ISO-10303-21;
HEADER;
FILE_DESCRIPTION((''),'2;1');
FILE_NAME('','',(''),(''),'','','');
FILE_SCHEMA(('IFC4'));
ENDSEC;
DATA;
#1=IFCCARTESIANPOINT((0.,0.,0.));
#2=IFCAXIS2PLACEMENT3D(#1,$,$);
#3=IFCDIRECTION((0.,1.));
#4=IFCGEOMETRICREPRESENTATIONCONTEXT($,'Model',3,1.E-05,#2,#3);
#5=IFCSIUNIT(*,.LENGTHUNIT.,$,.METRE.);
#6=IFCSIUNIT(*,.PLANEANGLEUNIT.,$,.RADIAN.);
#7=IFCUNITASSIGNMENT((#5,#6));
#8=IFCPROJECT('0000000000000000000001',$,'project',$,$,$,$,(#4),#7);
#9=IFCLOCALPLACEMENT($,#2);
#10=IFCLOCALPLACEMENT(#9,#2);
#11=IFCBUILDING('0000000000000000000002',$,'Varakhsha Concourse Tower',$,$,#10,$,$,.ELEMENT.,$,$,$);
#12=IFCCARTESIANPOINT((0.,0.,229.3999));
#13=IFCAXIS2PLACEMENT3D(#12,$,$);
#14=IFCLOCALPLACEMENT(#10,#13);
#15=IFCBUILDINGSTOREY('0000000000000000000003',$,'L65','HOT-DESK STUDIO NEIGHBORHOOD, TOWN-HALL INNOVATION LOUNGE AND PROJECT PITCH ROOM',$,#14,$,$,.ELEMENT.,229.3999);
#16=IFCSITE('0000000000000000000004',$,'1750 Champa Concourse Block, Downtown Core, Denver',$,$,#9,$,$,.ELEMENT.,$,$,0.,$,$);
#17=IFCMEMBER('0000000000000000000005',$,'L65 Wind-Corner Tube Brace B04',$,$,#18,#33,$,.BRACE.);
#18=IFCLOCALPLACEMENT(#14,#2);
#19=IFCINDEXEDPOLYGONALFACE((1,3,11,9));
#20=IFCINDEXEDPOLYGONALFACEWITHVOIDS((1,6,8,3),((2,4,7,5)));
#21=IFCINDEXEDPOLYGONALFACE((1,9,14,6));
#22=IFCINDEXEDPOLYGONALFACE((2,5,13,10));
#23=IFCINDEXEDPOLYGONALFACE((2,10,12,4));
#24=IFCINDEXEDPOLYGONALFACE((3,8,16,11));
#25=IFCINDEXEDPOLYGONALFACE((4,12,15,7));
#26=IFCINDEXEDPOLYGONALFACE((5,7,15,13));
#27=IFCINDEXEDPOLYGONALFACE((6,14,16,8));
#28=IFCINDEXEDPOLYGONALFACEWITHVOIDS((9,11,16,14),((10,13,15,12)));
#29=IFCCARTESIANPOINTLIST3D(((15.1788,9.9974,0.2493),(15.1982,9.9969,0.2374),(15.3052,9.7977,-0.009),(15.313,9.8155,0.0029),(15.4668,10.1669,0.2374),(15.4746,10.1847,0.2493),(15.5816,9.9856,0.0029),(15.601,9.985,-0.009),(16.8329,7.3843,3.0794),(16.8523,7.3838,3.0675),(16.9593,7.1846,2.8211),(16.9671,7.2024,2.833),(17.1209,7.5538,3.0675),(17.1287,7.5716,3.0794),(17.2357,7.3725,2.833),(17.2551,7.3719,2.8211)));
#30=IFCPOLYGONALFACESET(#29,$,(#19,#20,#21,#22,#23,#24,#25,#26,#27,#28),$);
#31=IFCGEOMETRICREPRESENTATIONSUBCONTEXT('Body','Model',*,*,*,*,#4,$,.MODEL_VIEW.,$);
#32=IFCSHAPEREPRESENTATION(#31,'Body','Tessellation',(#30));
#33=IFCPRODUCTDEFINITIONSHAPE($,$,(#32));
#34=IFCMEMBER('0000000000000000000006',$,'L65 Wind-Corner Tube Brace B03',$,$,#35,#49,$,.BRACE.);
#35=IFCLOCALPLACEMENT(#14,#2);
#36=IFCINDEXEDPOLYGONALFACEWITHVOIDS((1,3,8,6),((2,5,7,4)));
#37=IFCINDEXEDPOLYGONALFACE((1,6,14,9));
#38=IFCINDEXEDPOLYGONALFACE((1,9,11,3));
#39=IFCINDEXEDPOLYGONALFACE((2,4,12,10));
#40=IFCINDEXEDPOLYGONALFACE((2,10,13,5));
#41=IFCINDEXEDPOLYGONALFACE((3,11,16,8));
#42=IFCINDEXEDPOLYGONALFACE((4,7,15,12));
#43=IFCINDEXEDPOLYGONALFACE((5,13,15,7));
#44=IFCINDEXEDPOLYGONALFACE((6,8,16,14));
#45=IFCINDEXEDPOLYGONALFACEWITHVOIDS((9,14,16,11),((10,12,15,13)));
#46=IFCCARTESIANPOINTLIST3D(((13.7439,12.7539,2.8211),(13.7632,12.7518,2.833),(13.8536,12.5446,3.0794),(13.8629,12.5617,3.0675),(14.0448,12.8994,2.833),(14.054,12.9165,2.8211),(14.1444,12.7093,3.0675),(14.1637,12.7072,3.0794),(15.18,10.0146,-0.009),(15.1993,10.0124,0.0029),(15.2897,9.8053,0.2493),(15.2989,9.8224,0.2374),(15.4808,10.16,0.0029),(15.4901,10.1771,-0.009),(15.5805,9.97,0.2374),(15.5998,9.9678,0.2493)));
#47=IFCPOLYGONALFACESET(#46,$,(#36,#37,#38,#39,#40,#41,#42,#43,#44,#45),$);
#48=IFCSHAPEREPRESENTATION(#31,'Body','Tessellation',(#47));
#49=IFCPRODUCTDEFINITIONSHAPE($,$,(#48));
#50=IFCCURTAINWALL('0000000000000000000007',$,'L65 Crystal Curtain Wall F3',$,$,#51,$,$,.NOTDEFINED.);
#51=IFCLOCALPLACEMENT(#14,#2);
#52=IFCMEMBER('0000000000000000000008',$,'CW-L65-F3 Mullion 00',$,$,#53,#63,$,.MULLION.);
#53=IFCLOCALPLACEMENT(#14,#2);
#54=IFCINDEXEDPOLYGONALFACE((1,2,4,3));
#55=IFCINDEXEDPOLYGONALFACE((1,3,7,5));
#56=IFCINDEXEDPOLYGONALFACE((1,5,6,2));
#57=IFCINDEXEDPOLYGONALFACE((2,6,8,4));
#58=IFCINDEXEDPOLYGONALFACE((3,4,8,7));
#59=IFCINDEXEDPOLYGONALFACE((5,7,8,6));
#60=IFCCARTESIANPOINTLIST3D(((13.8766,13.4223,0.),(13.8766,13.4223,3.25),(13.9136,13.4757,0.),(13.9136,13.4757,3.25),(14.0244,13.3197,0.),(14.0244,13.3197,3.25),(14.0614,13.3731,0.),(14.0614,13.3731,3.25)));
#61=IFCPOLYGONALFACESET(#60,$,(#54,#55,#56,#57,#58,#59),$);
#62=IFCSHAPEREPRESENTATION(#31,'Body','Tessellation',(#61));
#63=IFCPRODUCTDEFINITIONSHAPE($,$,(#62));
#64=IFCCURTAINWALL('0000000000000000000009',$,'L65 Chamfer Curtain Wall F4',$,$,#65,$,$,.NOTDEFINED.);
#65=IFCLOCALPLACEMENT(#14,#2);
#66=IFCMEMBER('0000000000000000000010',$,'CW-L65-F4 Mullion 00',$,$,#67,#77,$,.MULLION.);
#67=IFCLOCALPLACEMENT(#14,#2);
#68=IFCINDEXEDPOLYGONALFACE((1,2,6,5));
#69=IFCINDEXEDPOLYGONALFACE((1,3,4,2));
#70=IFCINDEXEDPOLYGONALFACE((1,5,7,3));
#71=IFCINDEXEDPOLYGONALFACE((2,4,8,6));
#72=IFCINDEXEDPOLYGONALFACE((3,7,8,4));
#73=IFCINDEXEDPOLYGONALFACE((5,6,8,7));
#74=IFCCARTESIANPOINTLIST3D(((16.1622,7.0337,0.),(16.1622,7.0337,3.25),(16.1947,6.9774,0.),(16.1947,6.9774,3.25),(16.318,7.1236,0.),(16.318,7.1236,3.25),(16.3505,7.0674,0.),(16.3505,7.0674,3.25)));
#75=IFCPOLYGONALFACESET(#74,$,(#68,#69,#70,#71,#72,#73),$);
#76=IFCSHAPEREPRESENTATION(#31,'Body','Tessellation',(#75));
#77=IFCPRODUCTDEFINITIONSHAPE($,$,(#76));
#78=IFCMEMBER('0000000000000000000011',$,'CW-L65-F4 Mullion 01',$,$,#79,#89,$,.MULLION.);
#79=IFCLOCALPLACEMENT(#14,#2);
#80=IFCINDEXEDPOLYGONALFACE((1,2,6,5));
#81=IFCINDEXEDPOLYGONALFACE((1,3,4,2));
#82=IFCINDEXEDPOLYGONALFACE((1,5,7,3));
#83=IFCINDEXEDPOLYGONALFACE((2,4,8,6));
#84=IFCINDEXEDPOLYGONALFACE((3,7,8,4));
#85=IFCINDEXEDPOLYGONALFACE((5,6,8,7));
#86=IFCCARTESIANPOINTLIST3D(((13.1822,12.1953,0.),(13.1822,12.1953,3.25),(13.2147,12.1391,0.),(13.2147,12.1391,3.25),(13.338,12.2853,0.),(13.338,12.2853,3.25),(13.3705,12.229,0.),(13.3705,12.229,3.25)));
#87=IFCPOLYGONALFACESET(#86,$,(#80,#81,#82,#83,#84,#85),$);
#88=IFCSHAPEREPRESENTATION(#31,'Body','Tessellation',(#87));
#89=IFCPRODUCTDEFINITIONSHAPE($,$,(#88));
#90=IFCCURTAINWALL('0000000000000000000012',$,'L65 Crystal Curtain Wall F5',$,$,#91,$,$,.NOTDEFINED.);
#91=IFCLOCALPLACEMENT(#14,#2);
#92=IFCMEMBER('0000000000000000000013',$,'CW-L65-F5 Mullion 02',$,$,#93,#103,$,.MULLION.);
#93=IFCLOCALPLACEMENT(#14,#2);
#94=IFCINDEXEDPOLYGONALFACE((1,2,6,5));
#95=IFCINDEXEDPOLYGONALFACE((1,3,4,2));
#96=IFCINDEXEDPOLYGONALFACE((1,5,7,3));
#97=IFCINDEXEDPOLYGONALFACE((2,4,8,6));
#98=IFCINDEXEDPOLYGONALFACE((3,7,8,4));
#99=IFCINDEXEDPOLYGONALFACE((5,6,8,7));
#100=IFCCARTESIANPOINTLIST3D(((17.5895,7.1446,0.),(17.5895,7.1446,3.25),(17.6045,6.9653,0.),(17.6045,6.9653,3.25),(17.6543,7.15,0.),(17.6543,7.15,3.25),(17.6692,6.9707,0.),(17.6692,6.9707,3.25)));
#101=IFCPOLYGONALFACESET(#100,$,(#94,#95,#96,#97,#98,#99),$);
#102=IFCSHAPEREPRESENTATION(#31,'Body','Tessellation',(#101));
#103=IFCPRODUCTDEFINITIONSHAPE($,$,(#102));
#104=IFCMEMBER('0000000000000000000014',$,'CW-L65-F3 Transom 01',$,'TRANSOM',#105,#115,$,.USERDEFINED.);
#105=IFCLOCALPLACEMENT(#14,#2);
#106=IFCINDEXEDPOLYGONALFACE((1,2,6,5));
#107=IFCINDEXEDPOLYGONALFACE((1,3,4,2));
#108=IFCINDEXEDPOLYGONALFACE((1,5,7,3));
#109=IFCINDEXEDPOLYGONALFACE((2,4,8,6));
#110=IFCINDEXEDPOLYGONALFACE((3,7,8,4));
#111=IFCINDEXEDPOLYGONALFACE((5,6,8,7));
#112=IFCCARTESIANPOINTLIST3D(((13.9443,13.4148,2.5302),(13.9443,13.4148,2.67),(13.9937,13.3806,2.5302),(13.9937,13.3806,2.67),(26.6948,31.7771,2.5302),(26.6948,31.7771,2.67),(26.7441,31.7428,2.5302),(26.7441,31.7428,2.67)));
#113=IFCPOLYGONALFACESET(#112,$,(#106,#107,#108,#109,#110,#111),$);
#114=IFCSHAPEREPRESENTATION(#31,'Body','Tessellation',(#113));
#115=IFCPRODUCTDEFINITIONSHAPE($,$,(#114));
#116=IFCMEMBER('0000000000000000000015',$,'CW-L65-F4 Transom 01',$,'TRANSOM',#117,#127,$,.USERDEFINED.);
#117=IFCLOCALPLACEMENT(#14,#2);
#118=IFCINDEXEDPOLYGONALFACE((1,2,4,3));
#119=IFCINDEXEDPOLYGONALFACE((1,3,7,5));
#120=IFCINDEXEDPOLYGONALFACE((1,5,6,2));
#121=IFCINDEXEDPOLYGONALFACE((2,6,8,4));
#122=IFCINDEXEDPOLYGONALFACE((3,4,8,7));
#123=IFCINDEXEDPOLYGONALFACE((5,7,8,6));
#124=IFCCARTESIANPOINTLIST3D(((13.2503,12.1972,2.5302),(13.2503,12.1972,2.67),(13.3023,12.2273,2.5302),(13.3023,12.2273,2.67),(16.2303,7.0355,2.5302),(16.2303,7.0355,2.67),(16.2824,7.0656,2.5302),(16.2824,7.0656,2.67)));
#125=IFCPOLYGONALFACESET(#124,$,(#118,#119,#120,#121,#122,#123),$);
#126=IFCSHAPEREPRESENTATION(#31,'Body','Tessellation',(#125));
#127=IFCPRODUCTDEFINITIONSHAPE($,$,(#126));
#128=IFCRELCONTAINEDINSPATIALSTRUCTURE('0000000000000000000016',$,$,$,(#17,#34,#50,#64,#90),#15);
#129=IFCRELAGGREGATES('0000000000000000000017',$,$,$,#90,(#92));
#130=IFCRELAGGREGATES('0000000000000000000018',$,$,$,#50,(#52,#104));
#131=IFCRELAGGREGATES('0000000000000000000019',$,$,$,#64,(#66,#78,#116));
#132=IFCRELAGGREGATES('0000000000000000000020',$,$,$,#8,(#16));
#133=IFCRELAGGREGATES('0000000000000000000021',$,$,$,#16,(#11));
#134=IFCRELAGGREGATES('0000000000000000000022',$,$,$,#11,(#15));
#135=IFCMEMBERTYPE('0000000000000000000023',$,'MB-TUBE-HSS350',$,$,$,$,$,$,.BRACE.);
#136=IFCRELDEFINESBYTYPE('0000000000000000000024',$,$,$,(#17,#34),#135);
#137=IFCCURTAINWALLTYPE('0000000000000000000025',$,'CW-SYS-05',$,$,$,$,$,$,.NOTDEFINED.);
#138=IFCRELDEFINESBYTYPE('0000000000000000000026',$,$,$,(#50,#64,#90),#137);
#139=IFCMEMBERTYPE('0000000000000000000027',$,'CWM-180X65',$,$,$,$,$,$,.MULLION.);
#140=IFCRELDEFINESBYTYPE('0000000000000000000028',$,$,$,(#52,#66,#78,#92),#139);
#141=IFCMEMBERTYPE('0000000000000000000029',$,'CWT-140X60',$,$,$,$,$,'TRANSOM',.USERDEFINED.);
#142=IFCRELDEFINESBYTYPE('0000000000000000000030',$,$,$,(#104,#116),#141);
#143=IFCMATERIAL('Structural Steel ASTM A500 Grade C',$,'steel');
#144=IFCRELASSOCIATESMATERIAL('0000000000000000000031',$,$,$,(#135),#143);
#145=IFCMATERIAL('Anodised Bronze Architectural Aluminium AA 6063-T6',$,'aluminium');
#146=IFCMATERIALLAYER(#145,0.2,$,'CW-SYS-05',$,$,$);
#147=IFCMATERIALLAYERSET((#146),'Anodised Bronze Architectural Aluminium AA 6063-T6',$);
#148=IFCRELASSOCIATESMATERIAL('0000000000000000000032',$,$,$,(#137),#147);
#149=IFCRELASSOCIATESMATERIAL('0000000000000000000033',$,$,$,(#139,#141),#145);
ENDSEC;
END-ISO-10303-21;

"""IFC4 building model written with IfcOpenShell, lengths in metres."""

from ifc_helpers import new_model, si_unit, direction, frame, origin, origin_2d, place, context, subcontext, project, spatial, rectangle, hollow_rectangle, extrude, source, transform, mapped, material, layer, layer_set, material_profile, profile_set, type_object, type_shapes, element, aggregate, save


model = new_model("IFC4")

# Units and contexts
model_context = context("Model", 3, precision=1e-05, world=origin(), true_north=direction((0.0, 1.0)))
body_context = subcontext(model_context, "Body", "Model", "MODEL_VIEW")
ifc_project = project(units=[si_unit("LENGTHUNIT", "METRE"), si_unit("PLANEANGLEUNIT", "RADIAN")], contexts=[model_context])

# Site, building, storey
site_placement = place(None, origin())
site = spatial("IfcSite", under=ifc_project, at=site_placement, Name="1750 Champa Concourse Block, Downtown Core, Denver", CompositionType="ELEMENT", RefElevation=0.0)
building_placement = place(site_placement, origin())
building = spatial("IfcBuilding", under=site, at=building_placement, Name="Varakhsha Concourse Tower", CompositionType="ELEMENT")
storey_placement = place(building_placement, frame((0.0, 0.0, 229.3999)))
storey = spatial("IfcBuildingStorey", under=building, at=storey_placement, Name="L65", Description="HOT-DESK STUDIO NEIGHBORHOOD, TOWN-HALL INNOVATION LOUNGE AND PROJECT PITCH ROOM", CompositionType="ELEMENT", Elevation=229.3999)

# Members
ifc_material_1 = material(Name="Structural Steel ASTM A500 Grade C", Category="steel")
ifc_material_profile_1 = material_profile(ifc_material_1, hollow_rectangle(XDim=0.3501, YDim=0.3501, WallThickness=0.0161, at=origin_2d()), Name="HSS 350x350x16")
ifc_profile_set_1 = profile_set([ifc_material_profile_1], Name="Structural Steel ASTM A500 Grade C")
member_type_1 = type_object("IfcMemberType", Name="MB-TUBE-HSS350", PredefinedType="BRACE", material=ifc_profile_set_1)
shared_shape_1 = source(origin(), body_context, "Body", "SweptSolid", [
    extrude(hollow_rectangle(XDim=0.3501, YDim=0.3501, WallThickness=0.0161, at=origin_2d()), origin(), (0.0, 0.0, 1.0), 4.1921),
])
member_1_placement = place(storey_placement, frame((15.3899, 9.9912, 0.1201), z_axis=(0.39457, -0.623333, 0.675108), x_axis=(0.844946, 0.534851, 0.0)))
element("IfcMember", 1, at=member_1_placement, inside=storey, type_object=member_type_1, Name="L65 Wind-Corner Tube Brace B04", PredefinedType="BRACE", context=body_context, shape_type="MappedRepresentation", body=[
    mapped(shared_shape_1, transform((0.0, 0.0, 0.0), scale=1.0)),
])
shared_shape_2 = source(origin(), body_context, "Body", "SweptSolid", [
    extrude(hollow_rectangle(XDim=0.3501, YDim=0.3501, WallThickness=0.0161, at=origin_2d()), origin(), (0.0, 0.0, 1.0), 4.1924),
])
type_shapes(member_type_1, [shared_shape_1, shared_shape_2])
member_2_placement = place(storey_placement, frame((15.3899, 9.9912, 0.1201), z_axis=(-0.342544, 0.653408, 0.675072), x_axis=(-0.885674, -0.464308, 0.0)))
element("IfcMember", 2, at=member_2_placement, inside=storey, type_object=member_type_1, Name="L65 Wind-Corner Tube Brace B03", PredefinedType="BRACE", context=body_context, shape_type="MappedRepresentation", body=[
    mapped(shared_shape_2, transform((0.0, 0.0, 0.0), scale=1.0)),
])

# Curtain wall, member
ifc_material_2 = material(Name="Anodised Bronze Architectural Aluminium AA 6063-T6", Category="aluminium")
ifc_layer_1 = layer(ifc_material_2, 0.2, Name="CW-SYS-05")
ifc_layer_set_1 = layer_set([ifc_layer_1], Name="Anodised Bronze Architectural Aluminium AA 6063-T6")
curtain_wall_type = type_object("IfcCurtainWallType", Name="CW-SYS-05", PredefinedType="NOTDEFINED", material=ifc_layer_set_1)
curtain_wall_1_placement = place(storey_placement, origin())
curtain_wall_1 = element("IfcCurtainWall", 3, at=curtain_wall_1_placement, inside=storey, type_object=curtain_wall_type, Name="L65 Crystal Curtain Wall F3", PredefinedType="NOTDEFINED")
ifc_material_profile_2 = material_profile(ifc_material_2, rectangle(XDim=0.0649, YDim=0.1799, at=origin_2d()), Name="CWM-180X65")
ifc_profile_set_2 = profile_set([ifc_material_profile_2], Name="Anodised Bronze Architectural Aluminium AA 6063-T6")
member_type_2 = type_object("IfcMemberType", Name="CWM-180X65", PredefinedType="MULLION", material=ifc_profile_set_2)
shared_shape_3 = source(origin(), body_context, "Body", "SweptSolid", [
    extrude(rectangle(XDim=0.0649, YDim=0.1799, at=origin_2d()), origin(), (0.0, 0.0, 1.0), 3.25),
])
type_shapes(member_type_2, [shared_shape_3])
member_3_placement = place(storey_placement, frame((13.969, 13.3977, 0.0), z_axis=(0.0, 0.0, 1.0), x_axis=(0.570361, 0.821394, 0.0)))
member_3 = element("IfcMember", 4, at=member_3_placement, type_object=member_type_2, Name="CW-L65-F3 Mullion 00", PredefinedType="MULLION", context=body_context, shape_type="MappedRepresentation", body=[
    mapped(shared_shape_3, transform((0.0, 0.0, 0.0), scale=1.0)),
])

# Curtain wall, members
curtain_wall_2_placement = place(storey_placement, origin())
curtain_wall_2 = element("IfcCurtainWall", 5, at=curtain_wall_2_placement, inside=storey, type_object=curtain_wall_type, Name="L65 Chamfer Curtain Wall F4", PredefinedType="NOTDEFINED")
member_4_placement = place(storey_placement, frame((16.2563, 7.0505, 0.0), z_axis=(0.0, 0.0, 1.0), x_axis=(-0.499994, 0.866029, 0.0)))
member_4 = element("IfcMember", 6, at=member_4_placement, type_object=member_type_2, Name="CW-L65-F4 Mullion 00", PredefinedType="MULLION", context=body_context, shape_type="MappedRepresentation", body=[
    mapped(shared_shape_3, transform((0.0, 0.0, 0.0), scale=1.0)),
])
member_5_placement = place(storey_placement, frame((13.2764, 12.2122, 0.0), z_axis=(0.0, 0.0, 1.0), x_axis=(-0.499994, 0.866029, 0.0)))
member_5 = element("IfcMember", 7, at=member_5_placement, type_object=member_type_2, Name="CW-L65-F4 Mullion 01", PredefinedType="MULLION", context=body_context, shape_type="MappedRepresentation", body=[
    mapped(shared_shape_3, transform((0.0, 0.0, 0.0), scale=1.0)),
])

# Curtain wall, member
curtain_wall_3_placement = place(storey_placement, origin())
curtain_wall_3 = element("IfcCurtainWall", 8, at=curtain_wall_3_placement, inside=storey, type_object=curtain_wall_type, Name="L65 Crystal Curtain Wall F5", PredefinedType="NOTDEFINED")
member_6_placement = place(storey_placement, frame((17.6294, 7.0576, 0.0), z_axis=(0.0, 0.0, 1.0), x_axis=(-0.996529, -0.083247, 0.0)))
member_6 = element("IfcMember", 9, at=member_6_placement, type_object=member_type_2, Name="CW-L65-F5 Mullion 02", PredefinedType="MULLION", context=body_context, shape_type="MappedRepresentation", body=[
    mapped(shared_shape_3, transform((0.0, 0.0, 0.0), scale=1.0)),
])
aggregate(curtain_wall_3, [member_6])

# Members
ifc_material_profile_3 = material_profile(ifc_material_2, rectangle(XDim=0.0601, YDim=0.1399, at=origin_2d()), Name="CWT-140X60")
ifc_profile_set_3 = profile_set([ifc_material_profile_3], Name="Anodised Bronze Architectural Aluminium AA 6063-T6")
member_type_3 = type_object("IfcMemberType", Name="CWT-140X60", ElementType="TRANSOM", PredefinedType="USERDEFINED", material=ifc_profile_set_3)
shared_shape_4 = source(origin(), body_context, "Body", "SweptSolid", [
    extrude(rectangle(XDim=0.0601, YDim=0.1399, at=origin_2d()), origin(), (0.0, 0.0, 1.0), 22.355),
])
member_7_placement = place(storey_placement, frame((13.969, 13.3977, 2.6001), z_axis=(0.570362, 0.821393, 0.0), x_axis=(-0.821393, 0.570362, 0.0)))
member_7 = element("IfcMember", 10, at=member_7_placement, type_object=member_type_3, Name="CW-L65-F3 Transom 01", ObjectType="TRANSOM", PredefinedType="USERDEFINED", context=body_context, shape_type="MappedRepresentation", body=[
    mapped(shared_shape_4, transform((0.0, 0.0, 0.0), scale=1.0)),
])
shared_shape_5 = source(origin(), body_context, "Body", "SweptSolid", [
    extrude(rectangle(XDim=0.0601, YDim=0.1399, at=origin_2d()), origin(), (0.0, 0.0, 1.0), 5.9602),
])
type_shapes(member_type_3, [shared_shape_4, shared_shape_5])
member_8_placement = place(storey_placement, frame((16.2563, 7.0505, 2.6001), z_axis=(-0.49999, 0.866031, 0.0), x_axis=(-0.866031, -0.49999, 0.0)))
member_8 = element("IfcMember", 11, at=member_8_placement, type_object=member_type_3, Name="CW-L65-F4 Transom 01", ObjectType="TRANSOM", PredefinedType="USERDEFINED", context=body_context, shape_type="MappedRepresentation", body=[
    mapped(shared_shape_5, transform((0.0, 0.0, 0.0), scale=1.0)),
])

aggregate(curtain_wall_1, [member_3, member_7])
aggregate(curtain_wall_2, [member_4, member_5, member_8])

save(model, "model.ifc")
